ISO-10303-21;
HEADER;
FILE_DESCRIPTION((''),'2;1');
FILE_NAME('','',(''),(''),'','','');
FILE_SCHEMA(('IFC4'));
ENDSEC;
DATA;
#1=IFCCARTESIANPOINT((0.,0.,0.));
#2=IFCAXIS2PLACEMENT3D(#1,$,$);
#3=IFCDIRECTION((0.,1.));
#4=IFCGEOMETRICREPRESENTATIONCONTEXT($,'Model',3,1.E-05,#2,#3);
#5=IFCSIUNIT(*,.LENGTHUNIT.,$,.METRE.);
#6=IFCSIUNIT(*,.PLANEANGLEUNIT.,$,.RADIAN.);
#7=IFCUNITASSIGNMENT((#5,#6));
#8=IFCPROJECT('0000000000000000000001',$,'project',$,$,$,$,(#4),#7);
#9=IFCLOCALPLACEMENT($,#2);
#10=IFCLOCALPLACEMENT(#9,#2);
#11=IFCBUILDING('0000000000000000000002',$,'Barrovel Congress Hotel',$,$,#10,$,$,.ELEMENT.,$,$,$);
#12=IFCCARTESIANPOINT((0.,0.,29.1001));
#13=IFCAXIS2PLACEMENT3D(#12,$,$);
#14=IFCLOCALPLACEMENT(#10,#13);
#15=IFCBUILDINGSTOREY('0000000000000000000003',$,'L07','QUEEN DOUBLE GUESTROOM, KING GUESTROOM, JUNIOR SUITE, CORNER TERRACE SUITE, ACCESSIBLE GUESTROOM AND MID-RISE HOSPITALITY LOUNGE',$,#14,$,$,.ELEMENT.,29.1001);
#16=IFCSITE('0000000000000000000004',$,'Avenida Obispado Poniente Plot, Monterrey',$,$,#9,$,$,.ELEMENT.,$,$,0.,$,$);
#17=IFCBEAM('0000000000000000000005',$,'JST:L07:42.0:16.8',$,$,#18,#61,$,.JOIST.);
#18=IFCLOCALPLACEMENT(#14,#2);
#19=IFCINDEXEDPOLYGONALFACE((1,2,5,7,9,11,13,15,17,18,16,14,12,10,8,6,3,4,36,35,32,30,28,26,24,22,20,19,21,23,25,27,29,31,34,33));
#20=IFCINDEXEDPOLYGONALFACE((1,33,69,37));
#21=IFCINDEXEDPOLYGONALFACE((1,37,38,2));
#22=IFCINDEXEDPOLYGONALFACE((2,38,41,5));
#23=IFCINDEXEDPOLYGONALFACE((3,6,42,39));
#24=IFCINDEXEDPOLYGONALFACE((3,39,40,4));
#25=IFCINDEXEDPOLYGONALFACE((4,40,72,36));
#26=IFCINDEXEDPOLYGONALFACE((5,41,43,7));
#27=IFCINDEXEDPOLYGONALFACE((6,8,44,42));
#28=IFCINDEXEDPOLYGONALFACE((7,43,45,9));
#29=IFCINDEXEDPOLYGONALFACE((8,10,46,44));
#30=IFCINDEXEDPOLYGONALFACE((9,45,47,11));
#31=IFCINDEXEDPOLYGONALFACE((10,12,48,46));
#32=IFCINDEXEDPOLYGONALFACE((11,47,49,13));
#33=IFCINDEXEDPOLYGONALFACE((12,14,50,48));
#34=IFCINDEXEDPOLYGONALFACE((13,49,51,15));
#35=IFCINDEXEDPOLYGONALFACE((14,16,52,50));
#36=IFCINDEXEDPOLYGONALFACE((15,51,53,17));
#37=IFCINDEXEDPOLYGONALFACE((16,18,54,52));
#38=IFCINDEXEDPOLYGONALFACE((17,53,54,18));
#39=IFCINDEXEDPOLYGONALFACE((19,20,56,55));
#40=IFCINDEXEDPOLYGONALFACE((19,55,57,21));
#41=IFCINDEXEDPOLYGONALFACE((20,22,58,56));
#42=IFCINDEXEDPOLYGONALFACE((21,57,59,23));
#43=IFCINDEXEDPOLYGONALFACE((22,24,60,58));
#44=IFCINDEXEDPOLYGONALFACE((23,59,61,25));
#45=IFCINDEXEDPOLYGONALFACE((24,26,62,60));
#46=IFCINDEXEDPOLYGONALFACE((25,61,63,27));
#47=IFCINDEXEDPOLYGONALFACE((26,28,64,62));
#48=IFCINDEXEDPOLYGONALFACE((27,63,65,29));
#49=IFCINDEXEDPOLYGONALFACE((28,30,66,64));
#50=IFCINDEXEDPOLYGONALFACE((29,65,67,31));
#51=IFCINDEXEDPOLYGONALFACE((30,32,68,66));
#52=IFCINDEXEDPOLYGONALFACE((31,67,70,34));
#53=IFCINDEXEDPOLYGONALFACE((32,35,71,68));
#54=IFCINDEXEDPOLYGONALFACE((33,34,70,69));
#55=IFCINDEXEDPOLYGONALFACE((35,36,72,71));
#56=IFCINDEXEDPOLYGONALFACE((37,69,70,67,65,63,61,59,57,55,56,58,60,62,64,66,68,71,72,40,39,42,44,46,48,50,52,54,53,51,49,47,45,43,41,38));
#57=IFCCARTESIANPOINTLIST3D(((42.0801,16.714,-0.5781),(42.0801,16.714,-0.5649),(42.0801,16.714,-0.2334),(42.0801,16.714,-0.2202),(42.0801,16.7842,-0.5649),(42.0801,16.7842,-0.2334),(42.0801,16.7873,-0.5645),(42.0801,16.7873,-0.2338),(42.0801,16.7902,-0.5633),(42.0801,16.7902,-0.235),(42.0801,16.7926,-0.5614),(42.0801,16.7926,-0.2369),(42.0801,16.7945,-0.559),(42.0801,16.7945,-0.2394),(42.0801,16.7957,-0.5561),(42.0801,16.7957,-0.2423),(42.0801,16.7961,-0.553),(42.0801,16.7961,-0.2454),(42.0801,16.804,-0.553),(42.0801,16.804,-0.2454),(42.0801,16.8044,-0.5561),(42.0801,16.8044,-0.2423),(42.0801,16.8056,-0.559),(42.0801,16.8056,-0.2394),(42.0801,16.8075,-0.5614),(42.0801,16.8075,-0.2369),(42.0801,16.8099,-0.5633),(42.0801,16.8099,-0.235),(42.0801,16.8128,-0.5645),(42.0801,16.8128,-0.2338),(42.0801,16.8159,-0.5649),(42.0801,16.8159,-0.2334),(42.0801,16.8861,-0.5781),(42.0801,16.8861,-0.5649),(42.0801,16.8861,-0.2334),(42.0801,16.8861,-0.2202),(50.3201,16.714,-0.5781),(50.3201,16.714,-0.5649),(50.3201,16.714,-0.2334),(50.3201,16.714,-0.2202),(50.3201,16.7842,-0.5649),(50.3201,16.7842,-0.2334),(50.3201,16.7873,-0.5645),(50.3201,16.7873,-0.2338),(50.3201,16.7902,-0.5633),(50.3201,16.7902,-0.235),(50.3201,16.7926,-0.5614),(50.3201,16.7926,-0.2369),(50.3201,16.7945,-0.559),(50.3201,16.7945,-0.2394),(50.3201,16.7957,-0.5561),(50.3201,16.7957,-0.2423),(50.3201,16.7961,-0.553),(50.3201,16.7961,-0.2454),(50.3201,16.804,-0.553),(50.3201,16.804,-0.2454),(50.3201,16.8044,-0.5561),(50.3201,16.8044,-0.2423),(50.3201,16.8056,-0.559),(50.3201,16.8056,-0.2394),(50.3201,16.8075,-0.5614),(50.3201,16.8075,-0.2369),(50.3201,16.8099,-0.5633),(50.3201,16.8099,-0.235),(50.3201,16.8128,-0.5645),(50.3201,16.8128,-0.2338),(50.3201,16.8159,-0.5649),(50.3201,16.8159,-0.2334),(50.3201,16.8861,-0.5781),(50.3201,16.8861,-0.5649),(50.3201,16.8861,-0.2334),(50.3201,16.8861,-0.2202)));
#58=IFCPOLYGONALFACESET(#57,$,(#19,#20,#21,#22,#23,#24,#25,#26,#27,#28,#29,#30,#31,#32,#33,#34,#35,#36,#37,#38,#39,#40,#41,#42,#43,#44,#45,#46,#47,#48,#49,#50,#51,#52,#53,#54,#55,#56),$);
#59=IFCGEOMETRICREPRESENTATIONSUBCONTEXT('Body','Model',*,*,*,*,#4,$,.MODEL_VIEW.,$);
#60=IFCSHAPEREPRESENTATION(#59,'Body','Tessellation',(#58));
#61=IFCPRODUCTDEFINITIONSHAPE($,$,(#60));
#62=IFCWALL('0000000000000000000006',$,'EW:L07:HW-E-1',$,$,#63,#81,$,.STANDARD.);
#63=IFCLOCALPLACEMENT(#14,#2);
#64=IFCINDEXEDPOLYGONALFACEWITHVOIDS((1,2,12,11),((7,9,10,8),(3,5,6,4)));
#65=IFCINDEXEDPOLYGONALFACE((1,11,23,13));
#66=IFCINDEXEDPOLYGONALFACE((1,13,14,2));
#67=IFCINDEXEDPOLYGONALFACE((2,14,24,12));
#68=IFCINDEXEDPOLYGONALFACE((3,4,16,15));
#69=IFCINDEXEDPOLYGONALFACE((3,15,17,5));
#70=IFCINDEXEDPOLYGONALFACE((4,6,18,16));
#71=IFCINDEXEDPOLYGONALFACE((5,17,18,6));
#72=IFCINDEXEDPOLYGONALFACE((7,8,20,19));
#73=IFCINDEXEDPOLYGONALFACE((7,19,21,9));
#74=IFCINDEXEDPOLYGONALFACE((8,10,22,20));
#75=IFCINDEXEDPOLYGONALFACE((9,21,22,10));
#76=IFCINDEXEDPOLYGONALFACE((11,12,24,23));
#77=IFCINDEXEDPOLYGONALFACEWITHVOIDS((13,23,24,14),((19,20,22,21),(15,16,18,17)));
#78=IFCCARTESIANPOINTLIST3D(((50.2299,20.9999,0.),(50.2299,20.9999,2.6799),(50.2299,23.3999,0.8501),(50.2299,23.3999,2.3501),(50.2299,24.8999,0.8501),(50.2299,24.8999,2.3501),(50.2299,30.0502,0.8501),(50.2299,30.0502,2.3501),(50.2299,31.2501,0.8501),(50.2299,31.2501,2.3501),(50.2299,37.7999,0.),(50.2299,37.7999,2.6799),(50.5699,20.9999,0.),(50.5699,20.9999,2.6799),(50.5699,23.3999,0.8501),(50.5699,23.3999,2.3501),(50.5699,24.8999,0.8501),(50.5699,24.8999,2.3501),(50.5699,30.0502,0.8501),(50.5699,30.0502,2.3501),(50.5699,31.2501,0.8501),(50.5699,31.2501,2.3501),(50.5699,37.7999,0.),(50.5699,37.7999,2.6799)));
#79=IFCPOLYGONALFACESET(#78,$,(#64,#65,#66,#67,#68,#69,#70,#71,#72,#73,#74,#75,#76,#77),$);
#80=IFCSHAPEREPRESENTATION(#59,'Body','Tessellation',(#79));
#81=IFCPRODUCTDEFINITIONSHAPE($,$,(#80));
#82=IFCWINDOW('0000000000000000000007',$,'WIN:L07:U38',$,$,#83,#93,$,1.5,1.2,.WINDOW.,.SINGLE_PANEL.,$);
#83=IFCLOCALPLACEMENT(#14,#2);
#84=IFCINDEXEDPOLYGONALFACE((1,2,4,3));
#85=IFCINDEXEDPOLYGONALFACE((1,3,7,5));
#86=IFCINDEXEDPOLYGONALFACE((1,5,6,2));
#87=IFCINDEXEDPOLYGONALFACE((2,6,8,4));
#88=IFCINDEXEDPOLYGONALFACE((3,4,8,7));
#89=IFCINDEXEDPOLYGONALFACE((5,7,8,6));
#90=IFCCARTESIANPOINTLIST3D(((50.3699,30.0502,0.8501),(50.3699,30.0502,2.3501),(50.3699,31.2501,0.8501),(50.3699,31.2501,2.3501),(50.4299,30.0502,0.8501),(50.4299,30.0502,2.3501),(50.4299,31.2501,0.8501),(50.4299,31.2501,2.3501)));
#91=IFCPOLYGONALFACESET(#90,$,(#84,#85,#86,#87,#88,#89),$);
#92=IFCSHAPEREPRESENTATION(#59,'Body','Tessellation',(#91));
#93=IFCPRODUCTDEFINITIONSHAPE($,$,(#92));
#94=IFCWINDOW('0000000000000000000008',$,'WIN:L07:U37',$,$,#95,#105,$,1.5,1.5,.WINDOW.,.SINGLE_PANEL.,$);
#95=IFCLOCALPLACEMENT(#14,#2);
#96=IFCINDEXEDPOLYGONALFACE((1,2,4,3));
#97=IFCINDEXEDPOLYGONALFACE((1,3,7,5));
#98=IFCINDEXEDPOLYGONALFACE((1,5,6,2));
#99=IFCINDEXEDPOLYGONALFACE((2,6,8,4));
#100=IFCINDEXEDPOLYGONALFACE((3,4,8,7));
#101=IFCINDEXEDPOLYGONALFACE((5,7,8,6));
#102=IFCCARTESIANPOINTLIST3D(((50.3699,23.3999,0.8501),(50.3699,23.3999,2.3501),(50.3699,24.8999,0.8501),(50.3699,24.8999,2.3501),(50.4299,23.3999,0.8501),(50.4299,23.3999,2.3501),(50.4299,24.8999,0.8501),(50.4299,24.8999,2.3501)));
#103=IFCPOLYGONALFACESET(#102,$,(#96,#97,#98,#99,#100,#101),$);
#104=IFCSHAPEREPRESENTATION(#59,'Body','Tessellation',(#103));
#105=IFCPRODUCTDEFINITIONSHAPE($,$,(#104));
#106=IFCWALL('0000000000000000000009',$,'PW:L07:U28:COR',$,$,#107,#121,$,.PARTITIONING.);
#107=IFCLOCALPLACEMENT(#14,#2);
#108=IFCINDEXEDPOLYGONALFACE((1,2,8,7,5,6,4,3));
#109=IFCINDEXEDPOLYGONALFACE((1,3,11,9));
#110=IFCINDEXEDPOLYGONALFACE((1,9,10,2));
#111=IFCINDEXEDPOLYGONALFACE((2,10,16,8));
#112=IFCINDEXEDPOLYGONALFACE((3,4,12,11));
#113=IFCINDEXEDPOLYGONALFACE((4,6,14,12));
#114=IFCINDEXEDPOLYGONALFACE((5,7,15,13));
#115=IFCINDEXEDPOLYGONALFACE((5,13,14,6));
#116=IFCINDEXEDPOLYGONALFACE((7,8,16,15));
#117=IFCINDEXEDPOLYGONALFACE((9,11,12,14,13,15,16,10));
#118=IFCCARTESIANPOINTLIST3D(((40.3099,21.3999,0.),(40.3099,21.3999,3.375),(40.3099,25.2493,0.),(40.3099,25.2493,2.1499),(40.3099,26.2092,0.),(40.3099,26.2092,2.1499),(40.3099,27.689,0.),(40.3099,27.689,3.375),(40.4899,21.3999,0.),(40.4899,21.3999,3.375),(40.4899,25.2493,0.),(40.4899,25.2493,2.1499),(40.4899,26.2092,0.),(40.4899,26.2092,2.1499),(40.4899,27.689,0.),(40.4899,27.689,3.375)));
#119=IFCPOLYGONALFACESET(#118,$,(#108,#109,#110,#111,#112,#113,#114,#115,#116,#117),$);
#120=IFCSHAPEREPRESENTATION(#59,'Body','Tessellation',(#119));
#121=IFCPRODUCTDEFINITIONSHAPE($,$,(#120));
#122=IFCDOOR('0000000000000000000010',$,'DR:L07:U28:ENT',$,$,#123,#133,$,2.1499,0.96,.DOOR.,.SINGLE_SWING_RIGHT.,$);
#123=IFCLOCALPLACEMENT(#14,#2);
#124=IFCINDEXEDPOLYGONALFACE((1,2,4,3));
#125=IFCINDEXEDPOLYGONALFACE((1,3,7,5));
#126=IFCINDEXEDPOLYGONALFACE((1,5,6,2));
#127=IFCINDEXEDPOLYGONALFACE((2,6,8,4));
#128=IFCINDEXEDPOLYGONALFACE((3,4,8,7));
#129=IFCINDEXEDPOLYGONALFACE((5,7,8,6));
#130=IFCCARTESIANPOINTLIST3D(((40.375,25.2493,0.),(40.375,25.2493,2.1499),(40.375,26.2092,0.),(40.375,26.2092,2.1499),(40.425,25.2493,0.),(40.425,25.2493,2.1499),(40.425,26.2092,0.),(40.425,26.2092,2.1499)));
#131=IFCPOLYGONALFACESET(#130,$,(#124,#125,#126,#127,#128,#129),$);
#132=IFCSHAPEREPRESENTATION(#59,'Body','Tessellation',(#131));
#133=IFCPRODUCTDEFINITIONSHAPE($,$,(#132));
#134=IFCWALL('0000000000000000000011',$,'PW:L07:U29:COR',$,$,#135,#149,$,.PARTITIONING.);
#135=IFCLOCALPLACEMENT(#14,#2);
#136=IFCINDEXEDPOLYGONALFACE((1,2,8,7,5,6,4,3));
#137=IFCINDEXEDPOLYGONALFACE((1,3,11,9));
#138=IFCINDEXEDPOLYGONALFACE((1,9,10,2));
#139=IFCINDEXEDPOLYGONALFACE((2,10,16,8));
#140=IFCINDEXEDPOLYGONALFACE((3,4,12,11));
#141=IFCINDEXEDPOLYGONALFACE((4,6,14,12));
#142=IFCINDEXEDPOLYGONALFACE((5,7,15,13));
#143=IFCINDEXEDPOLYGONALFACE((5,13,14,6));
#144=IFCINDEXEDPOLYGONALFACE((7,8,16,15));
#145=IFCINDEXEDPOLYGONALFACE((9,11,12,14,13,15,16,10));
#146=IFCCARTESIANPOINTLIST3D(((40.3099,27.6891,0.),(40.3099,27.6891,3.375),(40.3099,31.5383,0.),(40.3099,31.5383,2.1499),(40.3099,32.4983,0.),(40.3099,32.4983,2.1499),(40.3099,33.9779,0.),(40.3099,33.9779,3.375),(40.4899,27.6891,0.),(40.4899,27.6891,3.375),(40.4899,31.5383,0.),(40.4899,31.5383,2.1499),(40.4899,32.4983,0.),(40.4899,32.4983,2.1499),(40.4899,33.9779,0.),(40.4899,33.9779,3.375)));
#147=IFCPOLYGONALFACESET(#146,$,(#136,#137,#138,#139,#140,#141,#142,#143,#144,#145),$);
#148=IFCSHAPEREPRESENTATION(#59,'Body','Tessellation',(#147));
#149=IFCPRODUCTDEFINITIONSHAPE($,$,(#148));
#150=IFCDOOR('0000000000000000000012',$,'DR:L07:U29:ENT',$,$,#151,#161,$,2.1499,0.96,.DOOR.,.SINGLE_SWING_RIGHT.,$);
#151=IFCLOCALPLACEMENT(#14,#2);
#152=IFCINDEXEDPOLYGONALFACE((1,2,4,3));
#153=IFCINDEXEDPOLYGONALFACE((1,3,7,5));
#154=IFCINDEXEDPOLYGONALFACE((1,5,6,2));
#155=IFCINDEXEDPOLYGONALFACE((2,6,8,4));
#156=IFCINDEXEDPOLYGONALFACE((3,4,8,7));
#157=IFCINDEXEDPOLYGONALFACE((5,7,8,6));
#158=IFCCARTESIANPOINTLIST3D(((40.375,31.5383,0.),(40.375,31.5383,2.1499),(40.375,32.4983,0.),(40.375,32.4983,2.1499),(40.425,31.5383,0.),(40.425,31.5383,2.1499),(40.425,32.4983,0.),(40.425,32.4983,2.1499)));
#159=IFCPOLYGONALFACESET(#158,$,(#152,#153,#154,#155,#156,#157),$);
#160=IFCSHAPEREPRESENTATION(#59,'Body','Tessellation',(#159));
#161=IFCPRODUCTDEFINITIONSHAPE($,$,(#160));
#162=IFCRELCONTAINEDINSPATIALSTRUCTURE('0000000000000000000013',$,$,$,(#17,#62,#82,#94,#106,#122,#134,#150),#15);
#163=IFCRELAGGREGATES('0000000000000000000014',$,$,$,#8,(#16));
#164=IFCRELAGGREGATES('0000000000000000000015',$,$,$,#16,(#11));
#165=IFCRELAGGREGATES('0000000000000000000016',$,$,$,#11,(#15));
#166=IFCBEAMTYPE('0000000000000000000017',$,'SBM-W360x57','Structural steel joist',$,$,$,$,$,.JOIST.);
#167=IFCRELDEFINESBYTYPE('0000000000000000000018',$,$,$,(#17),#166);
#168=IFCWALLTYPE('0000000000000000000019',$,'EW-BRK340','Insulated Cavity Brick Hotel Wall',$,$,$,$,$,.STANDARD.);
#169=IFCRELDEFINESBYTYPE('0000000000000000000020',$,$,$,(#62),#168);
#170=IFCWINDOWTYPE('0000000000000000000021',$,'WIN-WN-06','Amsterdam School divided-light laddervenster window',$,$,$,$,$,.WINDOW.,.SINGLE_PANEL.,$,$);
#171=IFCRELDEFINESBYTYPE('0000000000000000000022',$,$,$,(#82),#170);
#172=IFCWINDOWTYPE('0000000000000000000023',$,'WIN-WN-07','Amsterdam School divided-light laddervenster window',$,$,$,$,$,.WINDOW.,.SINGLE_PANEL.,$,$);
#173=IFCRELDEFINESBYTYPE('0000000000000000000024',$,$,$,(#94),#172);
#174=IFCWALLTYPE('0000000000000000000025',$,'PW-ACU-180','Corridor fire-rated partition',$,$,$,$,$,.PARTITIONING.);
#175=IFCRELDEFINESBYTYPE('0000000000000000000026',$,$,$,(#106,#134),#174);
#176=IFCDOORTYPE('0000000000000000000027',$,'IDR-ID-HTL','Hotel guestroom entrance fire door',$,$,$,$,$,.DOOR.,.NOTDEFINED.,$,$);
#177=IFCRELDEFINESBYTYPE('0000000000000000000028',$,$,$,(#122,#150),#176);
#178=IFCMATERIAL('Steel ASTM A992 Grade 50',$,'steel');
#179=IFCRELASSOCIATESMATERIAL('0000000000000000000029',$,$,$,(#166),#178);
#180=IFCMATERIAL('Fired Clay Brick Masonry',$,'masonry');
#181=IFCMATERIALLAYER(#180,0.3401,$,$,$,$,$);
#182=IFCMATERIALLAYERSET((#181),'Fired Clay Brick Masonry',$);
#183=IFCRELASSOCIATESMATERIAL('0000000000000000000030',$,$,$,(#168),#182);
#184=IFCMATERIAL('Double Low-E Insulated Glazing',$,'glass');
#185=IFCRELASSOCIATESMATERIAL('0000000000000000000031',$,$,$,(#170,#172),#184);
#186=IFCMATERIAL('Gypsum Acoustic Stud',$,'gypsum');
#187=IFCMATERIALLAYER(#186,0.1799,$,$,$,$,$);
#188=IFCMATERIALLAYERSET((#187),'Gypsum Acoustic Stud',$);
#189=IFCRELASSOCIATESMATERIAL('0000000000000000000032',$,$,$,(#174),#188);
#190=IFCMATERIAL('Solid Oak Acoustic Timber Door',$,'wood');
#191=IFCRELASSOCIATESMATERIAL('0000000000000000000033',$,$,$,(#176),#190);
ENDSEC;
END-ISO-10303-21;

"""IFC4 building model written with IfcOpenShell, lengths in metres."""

from ifc_helpers import new_model, si_unit, direction, frame, frame_2d, origin, origin_2d, place, context, subcontext, project, spatial, rectangle, i_section, extrude, material, layer, layer_set, material_profile, profile_set, type_object, element, fill, save


model = new_model("IFC4")

# Units and contexts
model_context = context("Model", 3, precision=1e-05, world=origin(), true_north=direction((0.0, 1.0)))
body_context = subcontext(model_context, "Body", "Model", "MODEL_VIEW")
ifc_project = project(units=[si_unit("LENGTHUNIT", "METRE"), si_unit("PLANEANGLEUNIT", "RADIAN")], contexts=[model_context])

# Site, building, storey
site_placement = place(None, origin())
site = spatial("IfcSite", under=ifc_project, at=site_placement, Name="Avenida Obispado Poniente Plot, Monterrey", CompositionType="ELEMENT", RefElevation=0.0)
building_placement = place(site_placement, origin())
building = spatial("IfcBuilding", under=site, at=building_placement, Name="Barrovel Congress Hotel", CompositionType="ELEMENT")
storey_placement = place(building_placement, frame((0.0, 0.0, 29.1001)))
storey = spatial("IfcBuildingStorey", under=building, at=storey_placement, Name="L07", Description="QUEEN DOUBLE GUESTROOM, KING GUESTROOM, JUNIOR SUITE, CORNER TERRACE SUITE, ACCESSIBLE GUESTROOM AND MID-RISE HOSPITALITY LOUNGE", CompositionType="ELEMENT", Elevation=29.1001)

# Beam
ifc_material_1 = material(Name="Steel ASTM A992 Grade 50", Category="steel")
ifc_material_profile_1 = material_profile(ifc_material_1, i_section(OverallWidth=0.1721, OverallDepth=0.3579, WebThickness=0.0078, FlangeThickness=0.0132, FilletRadius=0.012, at=origin_2d()), Name="W360x57")
ifc_profile_set_1 = profile_set([ifc_material_profile_1], Name="Steel ASTM A992 Grade 50")
beam_type_1 = type_object("IfcBeamType", Name="SBM-W360x57", Description="Structural steel joist", PredefinedType="JOIST", material=ifc_profile_set_1)
beam_1_placement = place(storey_placement, frame((42.0801, 16.8, -0.3992), z_axis=(1.0, 0.0, 0.0), x_axis=(0.0, 1.0, 0.0)))
element("IfcBeam", 1, at=beam_1_placement, inside=storey, type_object=beam_type_1, Name="JST:L07:42.0:16.8", PredefinedType="JOIST", context=body_context, shape_type="SweptSolid", body=[
    extrude(i_section(OverallWidth=0.1721, OverallDepth=0.3579, WebThickness=0.0078, FlangeThickness=0.0132, FilletRadius=0.012, at=origin_2d()), origin(), (0.0, 0.0, 1.0), 8.24),
])

# Wall, openings, windows
ifc_material_2 = material(Name="Fired Clay Brick Masonry", Category="masonry")
ifc_layer_1 = layer(ifc_material_2, 0.3401)
ifc_layer_set_1 = layer_set([ifc_layer_1], Name="Fired Clay Brick Masonry")
wall_type_1 = type_object("IfcWallType", Name="EW-BRK340", Description="Insulated Cavity Brick Hotel Wall", PredefinedType="STANDARD", material=ifc_layer_set_1)
wall_1_placement = place(storey_placement, frame((50.3999, 21.0, 0.0), z_axis=(0.0, 0.0, 1.0), x_axis=(0.0, 1.0, 0.0)))
wall_1 = element("IfcWall", 2, at=wall_1_placement, inside=storey, type_object=wall_type_1, Name="EW:L07:HW-E-1", PredefinedType="STANDARD", context=body_context, shape_type="SweptSolid", body=[
    extrude(rectangle(XDim=16.8, YDim=0.3401, at=frame_2d((8.3999, 0.0))), origin(), (0.0, 0.0, 1.0), 2.6799),
])
opening_1_placement = place(wall_1_placement, frame((2.3999, 0.0, 0.8501)))
opening_1 = element("IfcOpeningElement", 3, at=opening_1_placement, cuts=wall_1, PredefinedType="OPENING", context=body_context, shape_type="SweptSolid", body=[
    extrude(rectangle(XDim=1.5, YDim=1.5, at=frame_2d((0.75, 0.75))), frame((0.0, 0.1802, 0.0), z_axis=(0.0, -1.0, 0.0), x_axis=(1.0, 0.0, 0.0)), (0.0, 0.0, 1.0), 0.3601),
])
opening_2_placement = place(wall_1_placement, frame((9.05, 0.0, 0.8501)))
opening_2 = element("IfcOpeningElement", 4, at=opening_2_placement, cuts=wall_1, PredefinedType="OPENING", context=body_context, shape_type="SweptSolid", body=[
    extrude(rectangle(XDim=1.2, YDim=1.5, at=frame_2d((0.6001, 0.75))), frame((0.0, 0.1802, 0.0), z_axis=(0.0, -1.0, 0.0), x_axis=(1.0, 0.0, 0.0)), (0.0, 0.0, 1.0), 0.3601),
])
ifc_material_3 = material(Name="Double Low-E Insulated Glazing", Category="glass")
window_type_1 = type_object("IfcWindowType", Name="WIN-WN-06", Description="Amsterdam School divided-light laddervenster window", PartitioningType="SINGLE_PANEL", PredefinedType="WINDOW", material=ifc_material_3)
window_1_placement = place(opening_2_placement, origin())
window_1 = element("IfcWindow", 5, at=window_1_placement, inside=storey, type_object=window_type_1, Name="WIN:L07:U38", OverallHeight=1.5, OverallWidth=1.2, PartitioningType="SINGLE_PANEL", PredefinedType="WINDOW", context=body_context, shape_type="SweptSolid", body=[
    extrude(rectangle(XDim=1.2, YDim=1.5, at=frame_2d((0.6001, 0.75))), frame((0.0, 0.03, 0.0), z_axis=(0.0, -1.0, 0.0), x_axis=(1.0, 0.0, 0.0)), (0.0, 0.0, 1.0), 0.0601),
])
fill(opening_2, window_1)
window_type_2 = type_object("IfcWindowType", Name="WIN-WN-07", Description="Amsterdam School divided-light laddervenster window", PartitioningType="SINGLE_PANEL", PredefinedType="WINDOW", material=ifc_material_3)
window_2_placement = place(opening_1_placement, origin())
window_2 = element("IfcWindow", 6, at=window_2_placement, inside=storey, type_object=window_type_2, Name="WIN:L07:U37", OverallHeight=1.5, OverallWidth=1.5, PartitioningType="SINGLE_PANEL", PredefinedType="WINDOW", context=body_context, shape_type="SweptSolid", body=[
    extrude(rectangle(XDim=1.5, YDim=1.5, at=frame_2d((0.75, 0.75))), frame((0.0, 0.03, 0.0), z_axis=(0.0, -1.0, 0.0), x_axis=(1.0, 0.0, 0.0)), (0.0, 0.0, 1.0), 0.0601),
])
fill(opening_1, window_2)

# Walls, openings, doors
ifc_material_4 = material(Name="Gypsum Acoustic Stud", Category="gypsum")
ifc_layer_2 = layer(ifc_material_4, 0.1799)
ifc_layer_set_2 = layer_set([ifc_layer_2], Name="Gypsum Acoustic Stud")
wall_type_2 = type_object("IfcWallType", Name="PW-ACU-180", Description="Corridor fire-rated partition", PredefinedType="PARTITIONING", material=ifc_layer_set_2)
wall_2_placement = place(storey_placement, frame((40.3999, 21.3999, 0.0), z_axis=(0.0, 0.0, 1.0), x_axis=(0.0, 1.0, 0.0)))
wall_2 = element("IfcWall", 7, at=wall_2_placement, inside=storey, type_object=wall_type_2, Name="PW:L07:U28:COR", PredefinedType="PARTITIONING", context=body_context, shape_type="SweptSolid", body=[
    extrude(rectangle(XDim=6.2891, YDim=0.1799, at=frame_2d((3.1445, 0.0))), origin(), (0.0, 0.0, 1.0), 3.375),
])
opening_3_placement = place(wall_2_placement, frame((3.8494, 0.0, 0.0)))
opening_3 = element("IfcOpeningElement", 8, at=opening_3_placement, cuts=wall_2, PredefinedType="OPENING", context=body_context, shape_type="SweptSolid", body=[
    extrude(rectangle(XDim=0.96, YDim=2.1499, at=frame_2d((0.48, 1.075))), frame((0.0, 0.1001, 0.0), z_axis=(0.0, -1.0, 0.0), x_axis=(1.0, 0.0, 0.0)), (0.0, 0.0, 1.0), 0.2),
])
ifc_material_5 = material(Name="Solid Oak Acoustic Timber Door", Category="wood")
door_type_1 = type_object("IfcDoorType", Name="IDR-ID-HTL", Description="Hotel guestroom entrance fire door", OperationType="NOTDEFINED", PredefinedType="DOOR", material=ifc_material_5)
door_1_placement = place(opening_3_placement, origin())
door_1 = element("IfcDoor", 9, at=door_1_placement, inside=storey, type_object=door_type_1, Name="DR:L07:U28:ENT", OperationType="SINGLE_SWING_RIGHT", OverallHeight=2.1499, OverallWidth=0.96, PredefinedType="DOOR", context=body_context, shape_type="SweptSolid", body=[
    extrude(rectangle(XDim=0.96, YDim=2.1499, at=frame_2d((0.48, 1.075))), frame((0.0, 0.0249, 0.0), z_axis=(0.0, -1.0, 0.0), x_axis=(1.0, 0.0, 0.0)), (0.0, 0.0, 1.0), 0.05),
])
fill(opening_3, door_1)
wall_3_placement = place(storey_placement, frame((40.3999, 27.689, 0.0), z_axis=(0.0, 0.0, 1.0), x_axis=(0.0, 1.0, 0.0)))
wall_3 = element("IfcWall", 10, at=wall_3_placement, inside=storey, type_object=wall_type_2, Name="PW:L07:U29:COR", PredefinedType="PARTITIONING", context=body_context, shape_type="SweptSolid", body=[
    extrude(rectangle(XDim=6.2888, YDim=0.1799, at=frame_2d((3.1445, 0.0))), origin(), (0.0, 0.0, 1.0), 3.375),
])
opening_4_placement = place(wall_3_placement, frame((3.8494, 0.0, 0.0)))
opening_4 = element("IfcOpeningElement", 11, at=opening_4_placement, cuts=wall_3, PredefinedType="OPENING", context=body_context, shape_type="SweptSolid", body=[
    extrude(rectangle(XDim=0.96, YDim=2.1499, at=frame_2d((0.48, 1.075))), frame((0.0, 0.1001, 0.0), z_axis=(0.0, -1.0, 0.0), x_axis=(1.0, 0.0, 0.0)), (0.0, 0.0, 1.0), 0.2),
])
door_2_placement = place(opening_4_placement, origin())
door_2 = element("IfcDoor", 12, at=door_2_placement, inside=storey, type_object=door_type_1, Name="DR:L07:U29:ENT", OperationType="SINGLE_SWING_RIGHT", OverallHeight=2.1499, OverallWidth=0.96, PredefinedType="DOOR", context=body_context, shape_type="SweptSolid", body=[
    extrude(rectangle(XDim=0.96, YDim=2.1499, at=frame_2d((0.48, 1.075))), frame((0.0, 0.0249, 0.0), z_axis=(0.0, -1.0, 0.0), x_axis=(1.0, 0.0, 0.0)), (0.0, 0.0, 1.0), 0.05),
])
fill(opening_4, door_2)

save(model, "model.ifc")
